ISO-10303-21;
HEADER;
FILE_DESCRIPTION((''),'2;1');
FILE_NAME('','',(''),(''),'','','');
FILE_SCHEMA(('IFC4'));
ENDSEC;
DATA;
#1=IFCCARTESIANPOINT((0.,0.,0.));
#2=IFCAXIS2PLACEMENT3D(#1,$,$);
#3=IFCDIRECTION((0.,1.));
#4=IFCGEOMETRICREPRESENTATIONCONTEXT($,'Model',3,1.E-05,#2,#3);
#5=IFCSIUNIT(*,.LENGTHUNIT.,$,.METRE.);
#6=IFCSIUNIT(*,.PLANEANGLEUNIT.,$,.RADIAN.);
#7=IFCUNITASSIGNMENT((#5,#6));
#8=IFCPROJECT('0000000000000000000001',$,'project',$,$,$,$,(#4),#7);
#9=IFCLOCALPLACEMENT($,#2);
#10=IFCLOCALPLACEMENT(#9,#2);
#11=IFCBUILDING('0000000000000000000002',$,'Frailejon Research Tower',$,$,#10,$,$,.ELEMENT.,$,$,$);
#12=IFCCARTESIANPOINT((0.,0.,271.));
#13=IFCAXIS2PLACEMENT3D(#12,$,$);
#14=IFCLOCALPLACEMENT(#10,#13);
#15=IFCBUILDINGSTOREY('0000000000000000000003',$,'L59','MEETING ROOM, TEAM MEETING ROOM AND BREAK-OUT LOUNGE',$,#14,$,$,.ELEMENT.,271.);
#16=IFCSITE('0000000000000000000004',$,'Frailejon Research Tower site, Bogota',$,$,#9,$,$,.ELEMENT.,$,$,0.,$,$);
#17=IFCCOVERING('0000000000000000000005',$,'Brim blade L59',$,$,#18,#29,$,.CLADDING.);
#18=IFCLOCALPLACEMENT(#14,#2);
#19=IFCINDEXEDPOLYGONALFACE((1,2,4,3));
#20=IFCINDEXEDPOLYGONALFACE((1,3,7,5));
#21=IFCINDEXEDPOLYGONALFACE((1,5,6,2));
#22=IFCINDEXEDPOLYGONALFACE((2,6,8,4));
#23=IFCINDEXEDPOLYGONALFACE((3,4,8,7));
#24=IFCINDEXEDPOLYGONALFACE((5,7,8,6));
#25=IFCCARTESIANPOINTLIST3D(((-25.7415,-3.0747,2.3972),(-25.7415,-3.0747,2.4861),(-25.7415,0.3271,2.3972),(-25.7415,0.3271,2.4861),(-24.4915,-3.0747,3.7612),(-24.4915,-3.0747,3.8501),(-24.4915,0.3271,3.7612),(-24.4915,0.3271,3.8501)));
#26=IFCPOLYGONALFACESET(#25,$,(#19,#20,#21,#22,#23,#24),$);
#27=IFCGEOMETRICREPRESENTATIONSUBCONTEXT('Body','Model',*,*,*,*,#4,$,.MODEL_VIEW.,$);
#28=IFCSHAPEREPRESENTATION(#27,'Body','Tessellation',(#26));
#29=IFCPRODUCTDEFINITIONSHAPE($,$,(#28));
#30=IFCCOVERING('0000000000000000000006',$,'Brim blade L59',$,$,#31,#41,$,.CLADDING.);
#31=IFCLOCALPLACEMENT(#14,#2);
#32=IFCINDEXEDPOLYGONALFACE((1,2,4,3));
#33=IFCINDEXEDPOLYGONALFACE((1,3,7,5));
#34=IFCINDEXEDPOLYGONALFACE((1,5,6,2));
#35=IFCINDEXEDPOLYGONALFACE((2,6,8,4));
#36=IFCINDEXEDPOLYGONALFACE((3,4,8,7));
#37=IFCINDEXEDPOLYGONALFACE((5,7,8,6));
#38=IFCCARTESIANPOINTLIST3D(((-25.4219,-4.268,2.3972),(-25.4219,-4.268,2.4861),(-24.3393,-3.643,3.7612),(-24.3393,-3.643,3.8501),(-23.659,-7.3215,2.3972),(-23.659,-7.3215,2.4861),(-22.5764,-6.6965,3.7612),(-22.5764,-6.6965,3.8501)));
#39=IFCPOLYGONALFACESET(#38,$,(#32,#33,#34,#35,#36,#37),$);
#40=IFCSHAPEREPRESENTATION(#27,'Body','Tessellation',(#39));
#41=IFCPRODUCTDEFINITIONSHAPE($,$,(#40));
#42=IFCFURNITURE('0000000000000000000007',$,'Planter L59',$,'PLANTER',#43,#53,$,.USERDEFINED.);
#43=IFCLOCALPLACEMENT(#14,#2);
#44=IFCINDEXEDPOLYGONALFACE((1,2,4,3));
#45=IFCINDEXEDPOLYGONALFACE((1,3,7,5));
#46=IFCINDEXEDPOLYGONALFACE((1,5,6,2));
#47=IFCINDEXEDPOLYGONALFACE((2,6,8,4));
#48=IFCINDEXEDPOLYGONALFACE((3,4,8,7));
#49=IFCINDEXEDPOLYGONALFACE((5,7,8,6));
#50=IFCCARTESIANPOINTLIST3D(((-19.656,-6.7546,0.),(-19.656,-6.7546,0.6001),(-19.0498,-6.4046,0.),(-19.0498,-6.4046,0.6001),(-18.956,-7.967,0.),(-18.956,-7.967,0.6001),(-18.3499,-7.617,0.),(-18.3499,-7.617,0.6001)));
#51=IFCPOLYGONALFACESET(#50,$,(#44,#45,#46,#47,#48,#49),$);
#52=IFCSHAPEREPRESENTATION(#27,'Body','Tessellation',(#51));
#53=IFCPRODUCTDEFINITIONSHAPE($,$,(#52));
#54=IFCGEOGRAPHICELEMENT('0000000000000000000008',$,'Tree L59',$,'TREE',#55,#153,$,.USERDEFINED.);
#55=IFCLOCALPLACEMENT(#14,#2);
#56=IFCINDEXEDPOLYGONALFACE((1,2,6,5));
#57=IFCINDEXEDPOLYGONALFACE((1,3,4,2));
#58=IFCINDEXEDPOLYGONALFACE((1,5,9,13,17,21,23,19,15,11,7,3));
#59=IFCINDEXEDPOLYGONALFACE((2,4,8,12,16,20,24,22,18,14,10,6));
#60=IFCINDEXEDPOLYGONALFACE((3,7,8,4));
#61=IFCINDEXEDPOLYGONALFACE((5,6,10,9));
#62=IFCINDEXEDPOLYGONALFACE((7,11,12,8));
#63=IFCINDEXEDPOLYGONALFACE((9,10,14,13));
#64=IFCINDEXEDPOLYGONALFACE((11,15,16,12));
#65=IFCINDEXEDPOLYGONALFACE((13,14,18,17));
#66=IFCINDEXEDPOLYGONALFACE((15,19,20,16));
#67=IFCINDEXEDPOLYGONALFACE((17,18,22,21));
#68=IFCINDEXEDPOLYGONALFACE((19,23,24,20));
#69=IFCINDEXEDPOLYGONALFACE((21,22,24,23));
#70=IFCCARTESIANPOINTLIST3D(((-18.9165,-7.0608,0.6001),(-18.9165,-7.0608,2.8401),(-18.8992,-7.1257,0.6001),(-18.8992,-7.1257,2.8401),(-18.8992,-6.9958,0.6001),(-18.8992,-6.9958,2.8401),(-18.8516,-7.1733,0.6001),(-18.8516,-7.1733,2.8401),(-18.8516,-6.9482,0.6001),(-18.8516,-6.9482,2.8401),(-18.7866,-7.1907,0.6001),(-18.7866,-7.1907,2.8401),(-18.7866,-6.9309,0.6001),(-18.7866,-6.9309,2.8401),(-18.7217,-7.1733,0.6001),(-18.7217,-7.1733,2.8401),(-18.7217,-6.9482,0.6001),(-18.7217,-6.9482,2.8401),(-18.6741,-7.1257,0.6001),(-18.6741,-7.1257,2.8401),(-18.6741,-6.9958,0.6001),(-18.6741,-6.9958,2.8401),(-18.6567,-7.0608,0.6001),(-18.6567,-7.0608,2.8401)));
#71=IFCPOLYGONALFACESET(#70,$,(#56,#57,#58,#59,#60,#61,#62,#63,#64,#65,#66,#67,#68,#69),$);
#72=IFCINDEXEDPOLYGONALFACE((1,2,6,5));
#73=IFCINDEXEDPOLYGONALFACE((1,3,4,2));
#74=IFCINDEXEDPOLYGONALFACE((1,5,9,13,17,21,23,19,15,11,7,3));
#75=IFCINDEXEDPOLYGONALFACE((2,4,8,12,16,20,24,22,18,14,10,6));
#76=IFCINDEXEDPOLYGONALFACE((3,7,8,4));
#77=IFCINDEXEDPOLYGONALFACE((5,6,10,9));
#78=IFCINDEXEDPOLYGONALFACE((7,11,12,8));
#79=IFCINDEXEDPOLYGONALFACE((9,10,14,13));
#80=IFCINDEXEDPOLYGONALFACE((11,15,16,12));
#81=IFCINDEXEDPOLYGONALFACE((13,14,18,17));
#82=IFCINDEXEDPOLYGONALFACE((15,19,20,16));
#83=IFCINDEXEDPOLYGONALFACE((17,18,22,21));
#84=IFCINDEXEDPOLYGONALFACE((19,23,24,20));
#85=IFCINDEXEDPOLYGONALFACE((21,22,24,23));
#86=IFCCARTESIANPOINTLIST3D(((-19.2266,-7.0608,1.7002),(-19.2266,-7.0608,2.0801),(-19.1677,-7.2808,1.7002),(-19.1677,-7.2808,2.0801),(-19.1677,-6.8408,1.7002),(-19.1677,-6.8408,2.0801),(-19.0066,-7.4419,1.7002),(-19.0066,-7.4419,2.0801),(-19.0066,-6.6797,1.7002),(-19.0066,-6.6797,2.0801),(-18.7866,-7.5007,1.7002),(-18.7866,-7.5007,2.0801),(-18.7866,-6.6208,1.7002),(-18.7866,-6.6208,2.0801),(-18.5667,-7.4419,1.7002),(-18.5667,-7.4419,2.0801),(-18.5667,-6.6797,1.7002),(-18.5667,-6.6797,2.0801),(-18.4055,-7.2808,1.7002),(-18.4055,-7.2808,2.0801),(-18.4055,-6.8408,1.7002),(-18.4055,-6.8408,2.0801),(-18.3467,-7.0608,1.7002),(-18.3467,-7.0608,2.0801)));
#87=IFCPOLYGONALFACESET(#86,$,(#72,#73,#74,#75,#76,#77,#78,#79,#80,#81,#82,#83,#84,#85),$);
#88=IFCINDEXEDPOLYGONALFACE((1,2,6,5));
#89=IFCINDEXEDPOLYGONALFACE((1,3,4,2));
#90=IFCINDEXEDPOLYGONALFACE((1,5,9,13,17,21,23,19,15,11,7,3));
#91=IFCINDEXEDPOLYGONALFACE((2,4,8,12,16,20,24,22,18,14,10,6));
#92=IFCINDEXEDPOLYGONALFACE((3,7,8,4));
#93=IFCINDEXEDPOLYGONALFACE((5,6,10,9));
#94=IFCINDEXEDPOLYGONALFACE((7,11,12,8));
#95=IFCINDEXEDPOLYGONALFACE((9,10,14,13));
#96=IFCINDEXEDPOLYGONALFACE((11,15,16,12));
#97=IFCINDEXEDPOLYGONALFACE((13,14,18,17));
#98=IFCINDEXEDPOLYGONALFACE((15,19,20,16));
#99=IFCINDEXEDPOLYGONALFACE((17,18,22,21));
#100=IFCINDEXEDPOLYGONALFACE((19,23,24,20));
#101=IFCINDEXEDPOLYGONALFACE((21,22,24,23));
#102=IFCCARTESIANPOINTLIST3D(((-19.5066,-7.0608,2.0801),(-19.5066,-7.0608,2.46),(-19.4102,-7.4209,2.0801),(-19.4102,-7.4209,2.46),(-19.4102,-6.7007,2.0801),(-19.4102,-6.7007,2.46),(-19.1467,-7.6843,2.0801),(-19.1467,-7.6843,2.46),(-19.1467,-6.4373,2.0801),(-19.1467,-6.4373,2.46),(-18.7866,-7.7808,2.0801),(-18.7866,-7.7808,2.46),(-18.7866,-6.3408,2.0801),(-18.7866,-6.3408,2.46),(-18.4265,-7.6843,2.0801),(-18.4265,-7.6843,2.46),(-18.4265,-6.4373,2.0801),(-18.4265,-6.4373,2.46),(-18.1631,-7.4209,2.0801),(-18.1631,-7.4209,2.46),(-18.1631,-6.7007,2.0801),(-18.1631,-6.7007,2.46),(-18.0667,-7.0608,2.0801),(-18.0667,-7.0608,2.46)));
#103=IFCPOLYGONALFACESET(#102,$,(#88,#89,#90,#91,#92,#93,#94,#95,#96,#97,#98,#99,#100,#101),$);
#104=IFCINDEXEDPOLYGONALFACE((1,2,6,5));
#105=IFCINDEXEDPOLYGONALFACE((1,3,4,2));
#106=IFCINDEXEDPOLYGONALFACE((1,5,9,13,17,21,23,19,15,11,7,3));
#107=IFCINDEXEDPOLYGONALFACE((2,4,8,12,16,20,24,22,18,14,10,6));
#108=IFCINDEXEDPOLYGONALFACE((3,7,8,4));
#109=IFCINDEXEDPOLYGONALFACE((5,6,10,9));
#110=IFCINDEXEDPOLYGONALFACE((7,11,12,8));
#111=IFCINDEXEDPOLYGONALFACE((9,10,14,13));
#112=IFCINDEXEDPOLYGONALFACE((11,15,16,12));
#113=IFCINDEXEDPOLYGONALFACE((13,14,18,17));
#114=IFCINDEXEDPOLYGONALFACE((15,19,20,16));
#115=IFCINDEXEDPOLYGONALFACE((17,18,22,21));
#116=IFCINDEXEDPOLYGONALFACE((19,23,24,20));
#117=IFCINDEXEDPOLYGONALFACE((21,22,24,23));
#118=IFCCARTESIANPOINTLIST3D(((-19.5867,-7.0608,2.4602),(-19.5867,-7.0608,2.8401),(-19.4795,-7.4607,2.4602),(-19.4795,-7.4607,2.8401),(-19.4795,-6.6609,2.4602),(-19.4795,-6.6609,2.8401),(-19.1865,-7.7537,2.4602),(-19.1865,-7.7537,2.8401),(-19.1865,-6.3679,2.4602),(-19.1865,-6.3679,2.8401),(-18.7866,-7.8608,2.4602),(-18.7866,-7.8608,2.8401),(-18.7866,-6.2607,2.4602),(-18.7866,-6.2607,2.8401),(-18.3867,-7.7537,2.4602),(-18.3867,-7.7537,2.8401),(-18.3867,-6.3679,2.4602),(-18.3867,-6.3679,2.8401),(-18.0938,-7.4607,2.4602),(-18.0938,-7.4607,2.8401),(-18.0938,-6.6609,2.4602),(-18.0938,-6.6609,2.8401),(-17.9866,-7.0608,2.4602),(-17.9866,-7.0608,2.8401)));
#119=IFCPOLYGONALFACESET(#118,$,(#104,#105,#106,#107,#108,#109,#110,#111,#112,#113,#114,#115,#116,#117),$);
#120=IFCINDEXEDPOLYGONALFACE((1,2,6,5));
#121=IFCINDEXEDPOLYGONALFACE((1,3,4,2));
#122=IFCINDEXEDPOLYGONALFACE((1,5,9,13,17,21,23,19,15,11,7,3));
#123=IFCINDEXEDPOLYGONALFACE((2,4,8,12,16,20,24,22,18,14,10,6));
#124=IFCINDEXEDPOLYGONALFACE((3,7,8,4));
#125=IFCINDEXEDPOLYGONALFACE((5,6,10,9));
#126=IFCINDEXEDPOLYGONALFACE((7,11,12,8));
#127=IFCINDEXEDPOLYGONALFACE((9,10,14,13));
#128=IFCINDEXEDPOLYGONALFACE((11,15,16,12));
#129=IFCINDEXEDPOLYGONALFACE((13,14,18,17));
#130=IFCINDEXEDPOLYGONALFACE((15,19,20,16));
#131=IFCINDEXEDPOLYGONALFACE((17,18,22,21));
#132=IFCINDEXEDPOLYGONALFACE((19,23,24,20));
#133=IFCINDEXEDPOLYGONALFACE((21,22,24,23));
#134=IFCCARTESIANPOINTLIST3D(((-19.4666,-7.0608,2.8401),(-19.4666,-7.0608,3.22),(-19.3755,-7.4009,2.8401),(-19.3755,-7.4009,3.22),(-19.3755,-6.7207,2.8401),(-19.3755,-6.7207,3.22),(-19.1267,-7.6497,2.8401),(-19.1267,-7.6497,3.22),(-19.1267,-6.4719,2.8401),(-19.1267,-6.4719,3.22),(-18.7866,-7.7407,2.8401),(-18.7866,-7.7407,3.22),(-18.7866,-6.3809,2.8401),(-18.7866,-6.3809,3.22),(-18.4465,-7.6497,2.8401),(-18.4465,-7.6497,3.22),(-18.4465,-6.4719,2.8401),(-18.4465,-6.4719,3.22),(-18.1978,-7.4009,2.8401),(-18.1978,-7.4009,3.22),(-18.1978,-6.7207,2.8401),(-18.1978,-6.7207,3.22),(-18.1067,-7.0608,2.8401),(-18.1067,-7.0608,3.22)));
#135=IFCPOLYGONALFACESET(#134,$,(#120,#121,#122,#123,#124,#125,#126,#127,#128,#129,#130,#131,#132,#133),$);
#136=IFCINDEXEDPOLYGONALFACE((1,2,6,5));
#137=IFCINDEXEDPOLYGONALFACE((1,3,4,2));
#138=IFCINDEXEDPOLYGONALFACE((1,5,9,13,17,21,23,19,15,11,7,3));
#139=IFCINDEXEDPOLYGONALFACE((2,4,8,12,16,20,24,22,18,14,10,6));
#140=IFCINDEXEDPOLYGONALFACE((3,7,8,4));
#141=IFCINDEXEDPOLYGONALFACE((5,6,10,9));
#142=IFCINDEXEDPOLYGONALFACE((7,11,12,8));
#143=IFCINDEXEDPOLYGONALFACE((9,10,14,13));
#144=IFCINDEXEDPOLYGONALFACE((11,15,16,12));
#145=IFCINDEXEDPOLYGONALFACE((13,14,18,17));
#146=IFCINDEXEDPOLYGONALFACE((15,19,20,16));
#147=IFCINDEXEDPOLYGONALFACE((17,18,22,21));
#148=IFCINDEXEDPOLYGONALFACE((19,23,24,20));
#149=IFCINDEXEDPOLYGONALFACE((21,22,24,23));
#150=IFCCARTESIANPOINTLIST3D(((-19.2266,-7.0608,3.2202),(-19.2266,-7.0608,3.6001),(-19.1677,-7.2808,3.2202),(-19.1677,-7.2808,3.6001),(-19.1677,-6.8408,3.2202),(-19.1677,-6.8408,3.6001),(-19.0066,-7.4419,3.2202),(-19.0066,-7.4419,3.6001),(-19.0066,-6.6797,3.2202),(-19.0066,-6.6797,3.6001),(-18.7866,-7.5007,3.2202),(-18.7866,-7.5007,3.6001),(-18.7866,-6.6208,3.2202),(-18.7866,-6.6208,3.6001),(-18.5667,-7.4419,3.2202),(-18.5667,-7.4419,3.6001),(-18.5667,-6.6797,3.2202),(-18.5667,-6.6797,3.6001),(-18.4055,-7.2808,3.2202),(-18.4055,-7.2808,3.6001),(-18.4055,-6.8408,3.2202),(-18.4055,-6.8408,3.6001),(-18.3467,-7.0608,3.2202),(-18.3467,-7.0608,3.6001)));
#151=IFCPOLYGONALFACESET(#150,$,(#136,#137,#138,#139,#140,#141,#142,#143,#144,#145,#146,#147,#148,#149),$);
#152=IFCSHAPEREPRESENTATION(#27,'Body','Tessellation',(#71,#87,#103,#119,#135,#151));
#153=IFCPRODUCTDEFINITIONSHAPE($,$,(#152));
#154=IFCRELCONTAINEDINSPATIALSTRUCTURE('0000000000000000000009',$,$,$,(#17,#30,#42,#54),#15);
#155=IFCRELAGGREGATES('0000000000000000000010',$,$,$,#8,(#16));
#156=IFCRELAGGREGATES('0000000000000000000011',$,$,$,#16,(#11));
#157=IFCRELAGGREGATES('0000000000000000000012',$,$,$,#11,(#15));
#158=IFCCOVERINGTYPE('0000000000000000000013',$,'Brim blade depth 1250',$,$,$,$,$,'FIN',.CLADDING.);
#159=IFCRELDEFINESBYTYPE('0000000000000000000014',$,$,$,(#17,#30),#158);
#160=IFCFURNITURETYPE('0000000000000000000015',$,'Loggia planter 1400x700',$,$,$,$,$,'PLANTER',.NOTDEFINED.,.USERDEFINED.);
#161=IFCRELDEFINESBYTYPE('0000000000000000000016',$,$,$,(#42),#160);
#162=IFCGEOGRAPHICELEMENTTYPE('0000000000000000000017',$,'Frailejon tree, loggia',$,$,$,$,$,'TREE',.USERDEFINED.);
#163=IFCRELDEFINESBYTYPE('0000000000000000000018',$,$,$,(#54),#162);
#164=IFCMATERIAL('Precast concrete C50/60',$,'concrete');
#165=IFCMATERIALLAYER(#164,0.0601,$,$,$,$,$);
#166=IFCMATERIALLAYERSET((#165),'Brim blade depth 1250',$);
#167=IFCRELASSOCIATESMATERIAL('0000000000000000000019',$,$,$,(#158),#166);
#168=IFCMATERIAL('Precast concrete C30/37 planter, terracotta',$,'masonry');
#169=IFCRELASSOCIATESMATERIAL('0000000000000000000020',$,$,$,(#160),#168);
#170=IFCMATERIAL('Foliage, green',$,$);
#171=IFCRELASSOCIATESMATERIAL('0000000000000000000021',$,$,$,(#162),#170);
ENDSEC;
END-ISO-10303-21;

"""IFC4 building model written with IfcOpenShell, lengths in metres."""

from ifc_helpers import new_model, si_unit, direction, frame, origin, origin_2d, place, context, subcontext, project, spatial, polyline, rectangle, outline, extrude, material, layer, layer_set, type_object, element, save


model = new_model("IFC4")

# Units and contexts
model_context = context("Model", 3, precision=1e-05, world=origin(), true_north=direction((0.0, 1.0)))
body_context = subcontext(model_context, "Body", "Model", "MODEL_VIEW")
ifc_project = project(units=[si_unit("LENGTHUNIT", "METRE"), si_unit("PLANEANGLEUNIT", "RADIAN")], contexts=[model_context])

# Site, building, storey
site_placement = place(None, origin())
site = spatial("IfcSite", under=ifc_project, at=site_placement, Name="Frailejon Research Tower site, Bogota", CompositionType="ELEMENT", RefElevation=0.0)
building_placement = place(site_placement, origin())
building = spatial("IfcBuilding", under=site, at=building_placement, Name="Frailejon Research Tower", CompositionType="ELEMENT")
storey_placement = place(building_placement, frame((0.0, 0.0, 271.0)))
storey = spatial("IfcBuildingStorey", under=building, at=storey_placement, Name="L59", Description="MEETING ROOM, TEAM MEETING ROOM AND BREAK-OUT LOUNGE", CompositionType="ELEMENT", Elevation=271.0)

# Coverings
ifc_material_1 = material(Name="Precast concrete C50/60", Category="concrete")
ifc_layer_1 = layer(ifc_material_1, 0.0601)
ifc_layer_set_1 = layer_set([ifc_layer_1], Name="Brim blade depth 1250")
covering_type_1 = type_object("IfcCoveringType", Name="Brim blade depth 1250", ElementType="FIN", PredefinedType="CLADDING", material=ifc_layer_set_1)
covering_1_placement = place(storey_placement, frame((-24.4915, -3.0747, 3.8501), z_axis=(0.0, 1.0, 0.0), x_axis=(-1.0, 0.0, 0.0)))
element("IfcCovering", 1, at=covering_1_placement, inside=storey, type_object=covering_type_1, Name="Brim blade L59", PredefinedType="CLADDING", context=body_context, shape_type="SweptSolid", body=[
    extrude(outline(polyline([(0.0, -0.0889), (1.25, -1.4529), (1.25, -1.364), (0.0, 0.0), (0.0, -0.0889)])), origin(), (0.0, 0.0, 1.0), 3.4019),
])
covering_2_placement = place(storey_placement, frame((-22.5764, -6.6965, 3.8501), z_axis=(-0.499992, 0.86603, 0.0), x_axis=(-0.86603, -0.499992, 0.0)))
element("IfcCovering", 2, at=covering_2_placement, inside=storey, type_object=covering_type_1, Name="Brim blade L59", PredefinedType="CLADDING", context=body_context, shape_type="SweptSolid", body=[
    extrude(outline(polyline([(0.0, -0.0889), (1.25, -1.4529), (1.25, -1.364), (0.0, 0.0), (0.0, -0.0889)])), origin(), (0.0, 0.0, 1.0), 3.5259),
])

# Furniture
ifc_material_2 = material(Name="Precast concrete C30/37 planter, terracotta", Category="masonry")
furniture_type = type_object("IfcFurnitureType", Name="Loggia planter 1400x700", ElementType="PLANTER", AssemblyPlace="NOTDEFINED", PredefinedType="USERDEFINED", material=ifc_material_2)
furniture_placement = place(storey_placement, frame((-19.0029, -7.1858, 0.0), z_axis=(0.0, 0.0, 1.0), x_axis=(0.5, -0.866025, 0.0)))
element("IfcFurniture", 3, at=furniture_placement, inside=storey, type_object=furniture_type, Name="Planter L59", ObjectType="PLANTER", PredefinedType="USERDEFINED", context=body_context, shape_type="SweptSolid", body=[
    extrude(rectangle(XDim=1.3999, YDim=0.7, at=origin_2d()), origin(), (0.0, 0.0, 1.0), 0.6001),
])

# Geographic element
ifc_material_3 = material(Name="Foliage, green")
geographic_element_type = type_object("IfcGeographicElementType", Name="Frailejon tree, loggia", ElementType="TREE", PredefinedType="USERDEFINED", material=ifc_material_3)
geographic_element_placement = place(storey_placement, frame((-18.7866, -7.0608, 0.6001)))
element("IfcGeographicElement", 4, at=geographic_element_placement, inside=storey, type_object=geographic_element_type, Name="Tree L59", ObjectType="TREE", PredefinedType="USERDEFINED", context=body_context, shape_type="SweptSolid", body=[
    extrude(outline(polyline([(0.1299, 0.0), (0.1125, 0.0649), (0.0649, 0.1125), (0.0, 0.1299), (-0.0649, 0.1125), (-0.1125, 0.0649), (-0.1299, 0.0), (-0.1125, -0.0649), (-0.0649, -0.1125), (0.0, -0.1299), (0.0649, -0.1125), (0.1125, -0.0649), (0.1299, 0.0)])), origin(), (0.0, 0.0, 1.0), 2.24),
    extrude(outline(polyline([(0.4399, 0.0), (0.3811, 0.22), (0.22, 0.3811), (0.0, 0.4399), (-0.22, 0.3811), (-0.3811, 0.22), (-0.4399, 0.0), (-0.3811, -0.22), (-0.22, -0.3811), (0.0, -0.4399), (0.22, -0.3811), (0.3811, -0.22), (0.4399, 0.0)])), frame((0.0, 0.0, 1.1001)), (0.0, 0.0, 1.0), 0.3799),
    extrude(outline(polyline([(0.72, 0.0), (0.6235, 0.3601), (0.3601, 0.6235), (0.0, 0.72), (-0.3601, 0.6235), (-0.6235, 0.3601), (-0.72, 0.0), (-0.6235, -0.3601), (-0.3601, -0.6235), (0.0, -0.72), (0.3601, -0.6235), (0.6235, -0.3601), (0.72, 0.0)])), frame((0.0, 0.0, 1.48)), (0.0, 0.0, 1.0), 0.3799),
    extrude(outline(polyline([(0.8, 0.0), (0.6929, 0.3999), (0.3999, 0.6929), (0.0, 0.8), (-0.3999, 0.6929), (-0.6929, 0.3999), (-0.8, 0.0), (-0.6929, -0.3999), (-0.3999, -0.6929), (0.0, -0.8), (0.3999, -0.6929), (0.6929, -0.3999), (0.8, 0.0)])), frame((0.0, 0.0, 1.8601)), (0.0, 0.0, 1.0), 0.3799),
    extrude(outline(polyline([(0.6799, 0.0), (0.5889, 0.3401), (0.3401, 0.5889), (0.0, 0.6799), (-0.3401, 0.5889), (-0.5889, 0.3401), (-0.6799, 0.0), (-0.5889, -0.3401), (-0.3401, -0.5889), (0.0, -0.6799), (0.3401, -0.5889), (0.5889, -0.3401), (0.6799, 0.0)])), frame((0.0, 0.0, 2.24)), (0.0, 0.0, 1.0), 0.3799),
    extrude(outline(polyline([(0.4399, 0.0), (0.3811, 0.22), (0.22, 0.3811), (0.0, 0.4399), (-0.22, 0.3811), (-0.3811, 0.22), (-0.4399, 0.0), (-0.3811, -0.22), (-0.22, -0.3811), (0.0, -0.4399), (0.22, -0.3811), (0.3811, -0.22), (0.4399, 0.0)])), frame((0.0, 0.0, 2.6201)), (0.0, 0.0, 1.0), 0.3799),
])

save(model, "model.ifc")
